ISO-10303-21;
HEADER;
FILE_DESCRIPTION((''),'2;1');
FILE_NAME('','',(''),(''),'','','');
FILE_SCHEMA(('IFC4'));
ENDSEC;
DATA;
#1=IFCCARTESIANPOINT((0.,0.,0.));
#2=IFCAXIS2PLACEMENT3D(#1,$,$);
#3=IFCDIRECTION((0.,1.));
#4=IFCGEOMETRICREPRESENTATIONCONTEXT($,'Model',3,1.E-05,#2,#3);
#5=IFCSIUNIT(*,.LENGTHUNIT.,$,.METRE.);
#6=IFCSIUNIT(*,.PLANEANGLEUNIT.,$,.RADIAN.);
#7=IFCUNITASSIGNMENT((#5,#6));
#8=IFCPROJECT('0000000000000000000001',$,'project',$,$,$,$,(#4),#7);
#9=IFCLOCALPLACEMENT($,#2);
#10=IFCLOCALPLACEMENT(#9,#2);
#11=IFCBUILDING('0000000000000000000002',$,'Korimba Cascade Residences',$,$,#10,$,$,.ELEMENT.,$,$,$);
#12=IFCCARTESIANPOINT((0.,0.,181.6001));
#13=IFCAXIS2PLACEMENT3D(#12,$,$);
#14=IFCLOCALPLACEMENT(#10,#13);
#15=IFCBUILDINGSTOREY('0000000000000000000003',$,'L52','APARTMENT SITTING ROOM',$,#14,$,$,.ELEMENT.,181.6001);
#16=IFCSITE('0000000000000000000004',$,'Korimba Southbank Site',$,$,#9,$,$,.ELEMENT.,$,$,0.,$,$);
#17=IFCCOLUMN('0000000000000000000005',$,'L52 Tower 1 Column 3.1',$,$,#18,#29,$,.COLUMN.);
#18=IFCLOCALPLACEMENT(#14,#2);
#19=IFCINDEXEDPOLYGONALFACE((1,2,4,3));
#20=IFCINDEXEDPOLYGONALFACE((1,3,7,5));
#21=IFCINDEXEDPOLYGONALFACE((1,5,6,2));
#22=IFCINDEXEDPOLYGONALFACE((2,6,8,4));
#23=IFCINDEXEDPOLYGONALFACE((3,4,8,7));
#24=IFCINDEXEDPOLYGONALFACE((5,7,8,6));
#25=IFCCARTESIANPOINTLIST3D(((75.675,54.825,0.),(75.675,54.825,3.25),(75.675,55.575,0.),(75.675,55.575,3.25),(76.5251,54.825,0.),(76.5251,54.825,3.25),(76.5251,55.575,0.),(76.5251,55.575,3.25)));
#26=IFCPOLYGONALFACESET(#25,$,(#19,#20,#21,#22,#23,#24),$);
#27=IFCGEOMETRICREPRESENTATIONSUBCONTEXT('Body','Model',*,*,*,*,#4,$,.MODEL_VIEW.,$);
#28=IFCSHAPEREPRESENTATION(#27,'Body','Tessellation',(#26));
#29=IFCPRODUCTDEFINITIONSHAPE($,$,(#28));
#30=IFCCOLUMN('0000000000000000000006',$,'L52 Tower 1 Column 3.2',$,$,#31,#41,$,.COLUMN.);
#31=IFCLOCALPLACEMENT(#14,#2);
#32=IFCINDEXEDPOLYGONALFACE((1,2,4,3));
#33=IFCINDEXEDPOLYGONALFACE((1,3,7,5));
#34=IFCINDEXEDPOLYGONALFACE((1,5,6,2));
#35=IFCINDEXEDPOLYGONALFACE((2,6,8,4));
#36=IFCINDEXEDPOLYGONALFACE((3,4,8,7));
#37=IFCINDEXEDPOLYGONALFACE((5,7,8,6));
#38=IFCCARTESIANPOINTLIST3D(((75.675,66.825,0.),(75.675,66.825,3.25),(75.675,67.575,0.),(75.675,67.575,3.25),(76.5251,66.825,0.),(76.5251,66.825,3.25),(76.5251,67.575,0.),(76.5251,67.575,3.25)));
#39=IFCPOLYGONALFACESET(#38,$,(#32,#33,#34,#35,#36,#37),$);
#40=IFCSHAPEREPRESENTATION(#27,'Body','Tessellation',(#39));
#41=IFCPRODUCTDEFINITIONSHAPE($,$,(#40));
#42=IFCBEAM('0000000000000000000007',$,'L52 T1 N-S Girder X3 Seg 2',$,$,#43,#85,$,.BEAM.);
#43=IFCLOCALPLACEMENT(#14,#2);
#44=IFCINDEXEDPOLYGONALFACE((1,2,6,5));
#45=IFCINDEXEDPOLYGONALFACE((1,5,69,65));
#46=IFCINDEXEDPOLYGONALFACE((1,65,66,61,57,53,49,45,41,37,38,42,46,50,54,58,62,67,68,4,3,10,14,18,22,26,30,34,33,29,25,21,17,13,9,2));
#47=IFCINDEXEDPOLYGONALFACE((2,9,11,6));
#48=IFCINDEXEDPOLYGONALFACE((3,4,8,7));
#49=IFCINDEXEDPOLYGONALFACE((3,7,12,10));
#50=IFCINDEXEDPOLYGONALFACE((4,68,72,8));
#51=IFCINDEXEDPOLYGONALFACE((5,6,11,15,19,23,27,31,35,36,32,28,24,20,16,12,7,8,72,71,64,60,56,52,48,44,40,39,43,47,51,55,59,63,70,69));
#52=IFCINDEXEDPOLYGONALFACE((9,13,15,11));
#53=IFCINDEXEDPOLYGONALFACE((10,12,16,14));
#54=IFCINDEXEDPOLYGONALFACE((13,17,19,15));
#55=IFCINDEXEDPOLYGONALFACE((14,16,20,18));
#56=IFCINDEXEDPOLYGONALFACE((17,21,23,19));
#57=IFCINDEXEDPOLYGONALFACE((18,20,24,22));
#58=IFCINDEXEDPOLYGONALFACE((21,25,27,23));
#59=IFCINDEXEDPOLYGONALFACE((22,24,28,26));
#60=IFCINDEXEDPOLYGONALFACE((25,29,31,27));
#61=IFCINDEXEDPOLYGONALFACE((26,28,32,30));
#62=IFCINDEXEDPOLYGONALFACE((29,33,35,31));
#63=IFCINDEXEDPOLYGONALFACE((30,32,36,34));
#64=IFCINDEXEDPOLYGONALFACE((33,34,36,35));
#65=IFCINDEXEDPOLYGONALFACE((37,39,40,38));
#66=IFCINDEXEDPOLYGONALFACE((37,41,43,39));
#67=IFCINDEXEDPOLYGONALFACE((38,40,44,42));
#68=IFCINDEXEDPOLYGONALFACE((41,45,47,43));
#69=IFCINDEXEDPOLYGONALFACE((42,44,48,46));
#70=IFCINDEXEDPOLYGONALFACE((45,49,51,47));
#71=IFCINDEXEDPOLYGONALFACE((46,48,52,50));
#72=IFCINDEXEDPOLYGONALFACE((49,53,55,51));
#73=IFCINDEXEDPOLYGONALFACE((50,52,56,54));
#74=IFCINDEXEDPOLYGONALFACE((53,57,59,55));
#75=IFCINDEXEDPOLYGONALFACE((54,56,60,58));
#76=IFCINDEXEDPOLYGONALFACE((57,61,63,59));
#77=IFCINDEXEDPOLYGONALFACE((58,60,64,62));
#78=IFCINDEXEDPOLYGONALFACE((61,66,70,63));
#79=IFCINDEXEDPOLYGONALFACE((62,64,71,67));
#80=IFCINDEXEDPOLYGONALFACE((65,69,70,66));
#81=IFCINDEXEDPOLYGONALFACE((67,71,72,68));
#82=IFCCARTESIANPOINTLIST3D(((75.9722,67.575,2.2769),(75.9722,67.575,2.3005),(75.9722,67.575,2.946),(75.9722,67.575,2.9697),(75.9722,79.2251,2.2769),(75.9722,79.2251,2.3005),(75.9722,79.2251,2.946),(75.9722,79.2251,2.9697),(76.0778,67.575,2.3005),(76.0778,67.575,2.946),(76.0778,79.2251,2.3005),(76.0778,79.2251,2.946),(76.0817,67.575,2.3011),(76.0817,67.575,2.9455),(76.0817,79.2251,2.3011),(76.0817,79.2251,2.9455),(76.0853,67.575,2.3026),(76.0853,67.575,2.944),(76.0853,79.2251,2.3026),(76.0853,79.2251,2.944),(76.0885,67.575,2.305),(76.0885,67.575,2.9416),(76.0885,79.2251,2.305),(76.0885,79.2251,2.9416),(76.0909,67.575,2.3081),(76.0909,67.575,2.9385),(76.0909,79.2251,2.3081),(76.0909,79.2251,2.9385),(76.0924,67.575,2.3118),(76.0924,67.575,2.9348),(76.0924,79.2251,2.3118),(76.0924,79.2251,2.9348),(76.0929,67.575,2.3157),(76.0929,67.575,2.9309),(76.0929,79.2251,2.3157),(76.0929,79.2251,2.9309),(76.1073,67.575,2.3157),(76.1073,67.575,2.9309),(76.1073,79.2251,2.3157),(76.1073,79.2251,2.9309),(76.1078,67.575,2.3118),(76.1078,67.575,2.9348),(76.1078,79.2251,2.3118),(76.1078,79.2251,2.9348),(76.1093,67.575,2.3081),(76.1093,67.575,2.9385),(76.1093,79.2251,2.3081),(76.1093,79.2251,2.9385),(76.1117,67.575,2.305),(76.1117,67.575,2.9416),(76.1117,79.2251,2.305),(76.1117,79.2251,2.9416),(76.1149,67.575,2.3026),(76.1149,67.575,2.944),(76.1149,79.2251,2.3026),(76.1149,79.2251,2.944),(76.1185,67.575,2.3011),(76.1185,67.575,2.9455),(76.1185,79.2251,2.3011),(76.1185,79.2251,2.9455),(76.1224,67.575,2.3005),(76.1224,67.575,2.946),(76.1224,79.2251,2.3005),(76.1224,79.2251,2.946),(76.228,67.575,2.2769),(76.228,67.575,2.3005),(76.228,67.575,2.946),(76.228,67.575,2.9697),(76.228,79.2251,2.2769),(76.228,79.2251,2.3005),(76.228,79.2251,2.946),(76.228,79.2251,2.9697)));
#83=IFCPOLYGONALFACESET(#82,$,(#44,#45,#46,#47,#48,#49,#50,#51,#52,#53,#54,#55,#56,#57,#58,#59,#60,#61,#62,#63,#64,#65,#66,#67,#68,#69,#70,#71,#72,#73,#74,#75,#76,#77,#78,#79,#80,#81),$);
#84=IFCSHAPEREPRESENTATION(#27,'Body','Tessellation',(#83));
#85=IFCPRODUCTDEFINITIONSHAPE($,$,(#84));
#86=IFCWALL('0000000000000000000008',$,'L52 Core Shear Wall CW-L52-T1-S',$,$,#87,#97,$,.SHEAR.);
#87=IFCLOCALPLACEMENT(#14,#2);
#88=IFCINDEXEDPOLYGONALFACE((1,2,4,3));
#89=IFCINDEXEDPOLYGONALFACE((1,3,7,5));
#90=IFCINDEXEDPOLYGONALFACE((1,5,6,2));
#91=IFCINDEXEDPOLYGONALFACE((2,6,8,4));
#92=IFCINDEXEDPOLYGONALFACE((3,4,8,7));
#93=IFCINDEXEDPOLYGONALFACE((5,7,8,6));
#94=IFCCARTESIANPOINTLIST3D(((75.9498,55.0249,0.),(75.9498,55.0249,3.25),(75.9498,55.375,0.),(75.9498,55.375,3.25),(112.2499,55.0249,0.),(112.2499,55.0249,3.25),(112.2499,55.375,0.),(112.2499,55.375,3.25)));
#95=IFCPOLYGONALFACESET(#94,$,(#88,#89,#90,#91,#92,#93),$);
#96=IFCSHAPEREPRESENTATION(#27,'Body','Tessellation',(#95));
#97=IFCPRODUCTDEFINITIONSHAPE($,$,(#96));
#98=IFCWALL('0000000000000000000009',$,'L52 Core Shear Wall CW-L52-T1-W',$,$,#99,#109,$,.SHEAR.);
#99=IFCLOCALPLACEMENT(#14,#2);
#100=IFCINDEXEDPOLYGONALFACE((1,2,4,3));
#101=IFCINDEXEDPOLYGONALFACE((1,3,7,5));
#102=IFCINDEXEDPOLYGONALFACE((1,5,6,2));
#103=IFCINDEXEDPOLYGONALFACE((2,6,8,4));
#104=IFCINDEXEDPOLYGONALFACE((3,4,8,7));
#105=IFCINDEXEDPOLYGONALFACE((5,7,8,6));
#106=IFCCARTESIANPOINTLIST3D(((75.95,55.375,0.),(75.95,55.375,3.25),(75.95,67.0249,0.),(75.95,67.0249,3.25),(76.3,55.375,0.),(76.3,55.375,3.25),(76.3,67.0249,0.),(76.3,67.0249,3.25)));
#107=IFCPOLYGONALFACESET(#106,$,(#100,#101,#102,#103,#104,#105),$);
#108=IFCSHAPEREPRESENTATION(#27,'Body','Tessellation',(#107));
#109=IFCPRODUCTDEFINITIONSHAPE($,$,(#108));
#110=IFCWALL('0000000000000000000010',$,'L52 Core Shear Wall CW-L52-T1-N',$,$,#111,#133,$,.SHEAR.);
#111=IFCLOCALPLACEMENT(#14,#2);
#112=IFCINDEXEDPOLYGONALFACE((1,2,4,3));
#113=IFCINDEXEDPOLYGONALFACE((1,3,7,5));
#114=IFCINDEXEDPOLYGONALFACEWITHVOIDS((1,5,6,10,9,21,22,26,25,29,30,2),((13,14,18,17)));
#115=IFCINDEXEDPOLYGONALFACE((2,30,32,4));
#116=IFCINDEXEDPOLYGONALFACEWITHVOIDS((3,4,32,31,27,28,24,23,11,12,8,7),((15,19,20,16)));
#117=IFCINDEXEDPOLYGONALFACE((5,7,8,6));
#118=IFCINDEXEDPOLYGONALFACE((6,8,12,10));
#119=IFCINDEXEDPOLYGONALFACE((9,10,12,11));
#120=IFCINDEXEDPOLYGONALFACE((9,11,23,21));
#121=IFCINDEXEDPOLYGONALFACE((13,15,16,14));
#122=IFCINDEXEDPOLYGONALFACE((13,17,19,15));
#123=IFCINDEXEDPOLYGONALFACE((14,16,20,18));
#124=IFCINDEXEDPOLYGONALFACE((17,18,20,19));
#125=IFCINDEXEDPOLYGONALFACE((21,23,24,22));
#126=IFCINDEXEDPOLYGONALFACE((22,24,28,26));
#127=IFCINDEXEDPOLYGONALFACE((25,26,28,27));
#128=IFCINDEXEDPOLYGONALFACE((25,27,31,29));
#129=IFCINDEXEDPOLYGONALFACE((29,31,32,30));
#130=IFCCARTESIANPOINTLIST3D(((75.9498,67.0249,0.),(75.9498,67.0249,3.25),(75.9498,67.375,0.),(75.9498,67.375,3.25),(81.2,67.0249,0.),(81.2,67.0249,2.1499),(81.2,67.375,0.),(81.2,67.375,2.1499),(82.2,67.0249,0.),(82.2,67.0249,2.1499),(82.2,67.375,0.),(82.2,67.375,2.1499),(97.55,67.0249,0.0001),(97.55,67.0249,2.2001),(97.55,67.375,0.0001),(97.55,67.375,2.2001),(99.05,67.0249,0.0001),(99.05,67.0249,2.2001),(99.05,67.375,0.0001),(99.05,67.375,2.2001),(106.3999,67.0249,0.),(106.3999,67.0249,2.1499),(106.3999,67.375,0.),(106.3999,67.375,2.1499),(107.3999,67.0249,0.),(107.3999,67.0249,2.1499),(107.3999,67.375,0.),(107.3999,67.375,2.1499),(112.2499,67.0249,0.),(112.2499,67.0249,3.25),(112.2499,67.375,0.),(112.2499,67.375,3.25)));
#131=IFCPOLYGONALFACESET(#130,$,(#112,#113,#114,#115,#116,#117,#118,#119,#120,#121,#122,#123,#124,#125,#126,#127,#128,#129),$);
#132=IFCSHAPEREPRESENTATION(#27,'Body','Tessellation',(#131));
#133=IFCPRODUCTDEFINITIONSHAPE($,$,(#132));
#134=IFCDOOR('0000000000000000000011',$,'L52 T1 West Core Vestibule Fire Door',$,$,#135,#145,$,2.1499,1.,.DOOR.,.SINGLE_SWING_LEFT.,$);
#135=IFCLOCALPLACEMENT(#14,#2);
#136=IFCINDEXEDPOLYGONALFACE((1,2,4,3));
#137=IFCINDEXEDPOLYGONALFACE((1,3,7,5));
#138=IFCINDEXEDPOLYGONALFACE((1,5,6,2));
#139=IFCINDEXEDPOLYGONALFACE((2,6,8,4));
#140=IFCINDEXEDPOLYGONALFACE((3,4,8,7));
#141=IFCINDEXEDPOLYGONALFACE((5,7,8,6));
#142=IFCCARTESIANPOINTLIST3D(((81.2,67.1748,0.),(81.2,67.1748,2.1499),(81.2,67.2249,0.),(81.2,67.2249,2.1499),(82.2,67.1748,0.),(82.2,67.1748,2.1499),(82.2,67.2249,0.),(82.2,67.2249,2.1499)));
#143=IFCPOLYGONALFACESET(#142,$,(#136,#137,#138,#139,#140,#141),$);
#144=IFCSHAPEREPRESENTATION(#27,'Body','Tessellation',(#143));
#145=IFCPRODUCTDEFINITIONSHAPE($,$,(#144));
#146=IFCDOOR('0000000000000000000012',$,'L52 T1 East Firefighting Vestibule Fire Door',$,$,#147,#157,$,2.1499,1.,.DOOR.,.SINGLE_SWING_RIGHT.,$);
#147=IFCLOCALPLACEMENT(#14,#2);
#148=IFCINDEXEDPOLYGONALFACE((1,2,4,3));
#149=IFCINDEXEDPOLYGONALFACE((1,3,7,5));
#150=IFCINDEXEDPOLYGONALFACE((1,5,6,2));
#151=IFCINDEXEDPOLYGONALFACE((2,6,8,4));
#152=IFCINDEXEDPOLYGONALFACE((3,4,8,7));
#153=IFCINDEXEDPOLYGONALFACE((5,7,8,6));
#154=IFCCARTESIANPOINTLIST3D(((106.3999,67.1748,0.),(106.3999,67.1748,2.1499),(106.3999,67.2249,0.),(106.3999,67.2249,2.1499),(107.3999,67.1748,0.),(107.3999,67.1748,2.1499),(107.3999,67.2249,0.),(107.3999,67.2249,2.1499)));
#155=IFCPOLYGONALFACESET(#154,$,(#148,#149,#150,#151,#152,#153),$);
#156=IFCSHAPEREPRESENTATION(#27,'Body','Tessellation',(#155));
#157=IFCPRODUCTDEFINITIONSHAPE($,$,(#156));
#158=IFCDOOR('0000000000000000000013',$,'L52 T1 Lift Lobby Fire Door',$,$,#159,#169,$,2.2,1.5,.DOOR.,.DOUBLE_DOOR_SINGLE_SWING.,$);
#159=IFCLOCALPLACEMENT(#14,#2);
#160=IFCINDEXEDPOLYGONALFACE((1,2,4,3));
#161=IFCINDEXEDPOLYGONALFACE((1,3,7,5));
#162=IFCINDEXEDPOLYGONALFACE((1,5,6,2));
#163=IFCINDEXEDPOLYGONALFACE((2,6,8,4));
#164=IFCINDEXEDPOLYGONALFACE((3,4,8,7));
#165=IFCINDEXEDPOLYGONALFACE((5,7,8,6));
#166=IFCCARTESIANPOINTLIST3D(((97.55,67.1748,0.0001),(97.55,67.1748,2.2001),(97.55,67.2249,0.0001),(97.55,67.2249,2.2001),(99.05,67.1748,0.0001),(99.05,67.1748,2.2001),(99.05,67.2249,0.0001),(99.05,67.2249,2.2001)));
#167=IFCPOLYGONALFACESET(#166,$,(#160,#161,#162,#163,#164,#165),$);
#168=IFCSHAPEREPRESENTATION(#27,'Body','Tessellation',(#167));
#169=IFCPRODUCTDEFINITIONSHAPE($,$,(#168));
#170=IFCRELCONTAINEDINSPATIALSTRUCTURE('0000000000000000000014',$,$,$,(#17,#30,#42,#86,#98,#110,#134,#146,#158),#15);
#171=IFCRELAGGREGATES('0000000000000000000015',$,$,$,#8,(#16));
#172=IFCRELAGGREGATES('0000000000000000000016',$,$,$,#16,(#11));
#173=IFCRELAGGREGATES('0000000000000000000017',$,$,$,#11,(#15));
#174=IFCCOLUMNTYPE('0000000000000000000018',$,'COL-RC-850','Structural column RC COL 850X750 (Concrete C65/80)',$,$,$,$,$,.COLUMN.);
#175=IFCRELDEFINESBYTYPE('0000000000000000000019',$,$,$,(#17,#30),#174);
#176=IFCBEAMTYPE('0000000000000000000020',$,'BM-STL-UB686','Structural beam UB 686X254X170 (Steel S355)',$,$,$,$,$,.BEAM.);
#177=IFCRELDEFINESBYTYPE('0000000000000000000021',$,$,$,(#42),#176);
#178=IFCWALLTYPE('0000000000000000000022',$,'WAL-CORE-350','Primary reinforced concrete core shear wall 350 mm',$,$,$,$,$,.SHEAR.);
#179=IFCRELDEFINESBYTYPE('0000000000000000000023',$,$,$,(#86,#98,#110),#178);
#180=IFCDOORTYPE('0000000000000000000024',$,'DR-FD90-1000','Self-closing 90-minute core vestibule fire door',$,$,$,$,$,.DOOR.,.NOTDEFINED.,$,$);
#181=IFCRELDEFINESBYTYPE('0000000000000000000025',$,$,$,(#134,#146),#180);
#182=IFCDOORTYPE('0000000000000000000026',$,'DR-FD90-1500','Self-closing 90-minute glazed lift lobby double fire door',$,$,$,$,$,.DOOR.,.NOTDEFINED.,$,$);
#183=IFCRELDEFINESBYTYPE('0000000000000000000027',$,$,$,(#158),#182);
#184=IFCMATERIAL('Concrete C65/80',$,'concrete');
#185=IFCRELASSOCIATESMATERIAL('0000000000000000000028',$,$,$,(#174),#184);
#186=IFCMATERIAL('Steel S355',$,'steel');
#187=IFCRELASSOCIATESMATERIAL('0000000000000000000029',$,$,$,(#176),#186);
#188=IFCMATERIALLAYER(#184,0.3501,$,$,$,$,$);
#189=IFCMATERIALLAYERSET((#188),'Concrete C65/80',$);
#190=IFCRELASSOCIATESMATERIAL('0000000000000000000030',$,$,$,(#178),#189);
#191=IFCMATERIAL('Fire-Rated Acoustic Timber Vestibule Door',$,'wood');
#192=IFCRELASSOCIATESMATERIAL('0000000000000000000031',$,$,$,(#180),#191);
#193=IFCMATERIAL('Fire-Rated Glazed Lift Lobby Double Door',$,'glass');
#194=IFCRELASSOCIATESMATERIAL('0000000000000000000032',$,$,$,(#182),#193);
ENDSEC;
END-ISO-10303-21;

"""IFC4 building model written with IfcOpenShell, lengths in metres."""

from ifc_helpers import new_model, si_unit, direction, frame, frame_2d, origin, origin_2d, place, context, subcontext, project, spatial, rectangle, i_section, extrude, material, layer, layer_set, material_profile, profile_set, type_object, element, fill, save


model = new_model("IFC4")

# Units and contexts
model_context = context("Model", 3, precision=1e-05, world=origin(), true_north=direction((0.0, 1.0)))
body_context = subcontext(model_context, "Body", "Model", "MODEL_VIEW")
ifc_project = project(units=[si_unit("LENGTHUNIT", "METRE"), si_unit("PLANEANGLEUNIT", "RADIAN")], contexts=[model_context])

# Site, building, storey
site_placement = place(None, origin())
site = spatial("IfcSite", under=ifc_project, at=site_placement, Name="Korimba Southbank Site", CompositionType="ELEMENT", RefElevation=0.0)
building_placement = place(site_placement, origin())
building = spatial("IfcBuilding", under=site, at=building_placement, Name="Korimba Cascade Residences", CompositionType="ELEMENT")
storey_placement = place(building_placement, frame((0.0, 0.0, 181.6001)))
storey = spatial("IfcBuildingStorey", under=building, at=storey_placement, Name="L52", Description="APARTMENT SITTING ROOM", CompositionType="ELEMENT", Elevation=181.6001)

# Columns
ifc_material_1 = material(Name="Concrete C65/80", Category="concrete")
ifc_material_profile_1 = material_profile(ifc_material_1, rectangle(XDim=0.8501, YDim=0.75, at=origin_2d()), Name="Concrete C65/80")
ifc_profile_set_1 = profile_set([ifc_material_profile_1], Name="Concrete C65/80")
column_type = type_object("IfcColumnType", Name="COL-RC-850", Description="Structural column RC COL 850X750 (Concrete C65/80)", PredefinedType="COLUMN", material=ifc_profile_set_1)
for number, where, z_axis, x_axis, name in (
    (1, (76.1001, 55.2, 0.0), (0.0, 0.0, 1.0), (1.0, 0.0, 0.0), "L52 Tower 1 Column 3.1"),
    (2, (76.1001, 67.2, 0.0), (0.0, 0.0, 1.0), (1.0, 0.0, 0.0), "L52 Tower 1 Column 3.2"),
):
    element("IfcColumn", number, at=place(storey_placement, frame(where, z_axis=z_axis, x_axis=x_axis)), inside=storey, type_object=column_type, Name=name, PredefinedType="COLUMN", context=body_context, shape_type="SweptSolid", body=[
        extrude(rectangle(XDim=0.8501, YDim=0.75, at=origin_2d()), origin(), (0.0, 0.0, 1.0), 3.25),
    ])

# Beam
ifc_material_2 = material(Name="Steel S355", Category="steel")
ifc_material_profile_2 = material_profile(ifc_material_2, i_section(OverallWidth=0.2559, OverallDepth=0.6929, WebThickness=0.0144, FlangeThickness=0.0237, FilletRadius=0.0151, at=origin_2d()), Name="Steel S355")
ifc_profile_set_2 = profile_set([ifc_material_profile_2], Name="Steel S355")
beam_type = type_object("IfcBeamType", Name="BM-STL-UB686", Description="Structural beam UB 686X254X170 (Steel S355)", PredefinedType="BEAM", material=ifc_profile_set_2)
beam_placement = place(storey_placement, frame((76.1001, 67.575, 2.6233), z_axis=(0.0, 1.0, 0.0), x_axis=(-1.0, 0.0, 0.0)))
element("IfcBeam", 3, at=beam_placement, inside=storey, type_object=beam_type, Name="L52 T1 N-S Girder X3 Seg 2", PredefinedType="BEAM", context=body_context, shape_type="SweptSolid", body=[
    extrude(i_section(OverallWidth=0.2559, OverallDepth=0.6929, WebThickness=0.0144, FlangeThickness=0.0237, FilletRadius=0.0151, at=origin_2d()), origin(), (0.0, 0.0, 1.0), 11.6501),
])

# Walls
ifc_layer_1 = layer(ifc_material_1, 0.3501)
ifc_layer_set_1 = layer_set([ifc_layer_1], Name="Concrete C65/80")
wall_type_1 = type_object("IfcWallType", Name="WAL-CORE-350", Description="Primary reinforced concrete core shear wall 350 mm", PredefinedType="SHEAR", material=ifc_layer_set_1)
wall_1_placement = place(storey_placement, frame((75.95, 55.2, 0.0), z_axis=(0.0, 0.0, 1.0), x_axis=(1.0, 0.0, 0.0)))
element("IfcWall", 4, at=wall_1_placement, inside=storey, type_object=wall_type_1, Name="L52 Core Shear Wall CW-L52-T1-S", PredefinedType="SHEAR", context=body_context, shape_type="SweptSolid", body=[
    extrude(rectangle(XDim=36.3, YDim=0.3501, at=frame_2d((18.1499, 0.0))), origin(), (0.0, 0.0, 1.0), 3.25),
])
wall_2_placement = place(storey_placement, frame((76.125, 55.375, 0.0), z_axis=(0.0, 0.0, 1.0), x_axis=(0.0, 1.0, 0.0)))
element("IfcWall", 5, at=wall_2_placement, inside=storey, type_object=wall_type_1, Name="L52 Core Shear Wall CW-L52-T1-W", PredefinedType="SHEAR", context=body_context, shape_type="SweptSolid", body=[
    extrude(rectangle(XDim=11.6499, YDim=0.3501, at=frame_2d((5.825, 0.0))), origin(), (0.0, 0.0, 1.0), 3.25),
])

# Wall, openings, doors
wall_3_placement = place(storey_placement, frame((75.95, 67.2, 0.0), z_axis=(0.0, 0.0, 1.0), x_axis=(1.0, 0.0, 0.0)))
wall_3 = element("IfcWall", 6, at=wall_3_placement, inside=storey, type_object=wall_type_1, Name="L52 Core Shear Wall CW-L52-T1-N", PredefinedType="SHEAR", context=body_context, shape_type="SweptSolid", body=[
    extrude(rectangle(XDim=36.3, YDim=0.3501, at=frame_2d((18.1499, 0.0))), origin(), (0.0, 0.0, 1.0), 3.25),
])
opening_1_placement = place(wall_3_placement, frame((5.25, 0.0, 0.0)))
opening_1 = element("IfcOpeningElement", 7, at=opening_1_placement, cuts=wall_3, PredefinedType="OPENING", context=body_context, shape_type="SweptSolid", body=[
    extrude(rectangle(XDim=1.0, YDim=2.1499, at=frame_2d((0.5, 1.075))), frame((0.0, 0.1851, 0.0), z_axis=(0.0, -1.0, 0.0), x_axis=(1.0, 0.0, 0.0)), (0.0, 0.0, 1.0), 0.3701),
])
opening_2_placement = place(wall_3_placement, frame((21.6001, 0.0, 0.0)))
opening_2 = element("IfcOpeningElement", 8, at=opening_2_placement, cuts=wall_3, PredefinedType="OPENING", context=body_context, shape_type="SweptSolid", body=[
    extrude(rectangle(XDim=1.5, YDim=2.2, at=frame_2d((0.75, 1.1001))), frame((0.0, 0.1851, 0.0), z_axis=(0.0, -1.0, 0.0), x_axis=(1.0, 0.0, 0.0)), (0.0, 0.0, 1.0), 0.3701),
])
opening_3_placement = place(wall_3_placement, frame((30.45, 0.0, 0.0)))
opening_3 = element("IfcOpeningElement", 9, at=opening_3_placement, cuts=wall_3, PredefinedType="OPENING", context=body_context, shape_type="SweptSolid", body=[
    extrude(rectangle(XDim=1.0, YDim=2.1499, at=frame_2d((0.5, 1.075))), frame((0.0, 0.1851, 0.0), z_axis=(0.0, -1.0, 0.0), x_axis=(1.0, 0.0, 0.0)), (0.0, 0.0, 1.0), 0.3701),
])
ifc_material_3 = material(Name="Fire-Rated Acoustic Timber Vestibule Door", Category="wood")
door_type_1 = type_object("IfcDoorType", Name="DR-FD90-1000", Description="Self-closing 90-minute core vestibule fire door", OperationType="NOTDEFINED", PredefinedType="DOOR", material=ifc_material_3)
door_1_placement = place(opening_1_placement, origin())
door_1 = element("IfcDoor", 10, at=door_1_placement, inside=storey, type_object=door_type_1, Name="L52 T1 West Core Vestibule Fire Door", OperationType="SINGLE_SWING_LEFT", OverallHeight=2.1499, OverallWidth=1.0, PredefinedType="DOOR", context=body_context, shape_type="SweptSolid", body=[
    extrude(rectangle(XDim=1.0, YDim=2.1499, at=frame_2d((0.5, 1.075))), frame((0.0, 0.0249, 0.0), z_axis=(0.0, -1.0, 0.0), x_axis=(1.0, 0.0, 0.0)), (0.0, 0.0, 1.0), 0.05),
])
fill(opening_1, door_1)
door_2_placement = place(opening_3_placement, origin())
door_2 = element("IfcDoor", 11, at=door_2_placement, inside=storey, type_object=door_type_1, Name="L52 T1 East Firefighting Vestibule Fire Door", OperationType="SINGLE_SWING_RIGHT", OverallHeight=2.1499, OverallWidth=1.0, PredefinedType="DOOR", context=body_context, shape_type="SweptSolid", body=[
    extrude(rectangle(XDim=1.0, YDim=2.1499, at=frame_2d((0.5, 1.075))), frame((0.0, 0.0249, 0.0), z_axis=(0.0, -1.0, 0.0), x_axis=(1.0, 0.0, 0.0)), (0.0, 0.0, 1.0), 0.05),
])
fill(opening_3, door_2)
ifc_material_4 = material(Name="Fire-Rated Glazed Lift Lobby Double Door", Category="glass")
door_type_2 = type_object("IfcDoorType", Name="DR-FD90-1500", Description="Self-closing 90-minute glazed lift lobby double fire door", OperationType="NOTDEFINED", PredefinedType="DOOR", material=ifc_material_4)
door_3_placement = place(opening_2_placement, origin())
door_3 = element("IfcDoor", 12, at=door_3_placement, inside=storey, type_object=door_type_2, Name="L52 T1 Lift Lobby Fire Door", OperationType="DOUBLE_DOOR_SINGLE_SWING", OverallHeight=2.2, OverallWidth=1.5, PredefinedType="DOOR", context=body_context, shape_type="SweptSolid", body=[
    extrude(rectangle(XDim=1.5, YDim=2.2, at=frame_2d((0.75, 1.1001))), frame((0.0, 0.0249, 0.0), z_axis=(0.0, -1.0, 0.0), x_axis=(1.0, 0.0, 0.0)), (0.0, 0.0, 1.0), 0.05),
])
fill(opening_2, door_3)

save(model, "model.ifc")
